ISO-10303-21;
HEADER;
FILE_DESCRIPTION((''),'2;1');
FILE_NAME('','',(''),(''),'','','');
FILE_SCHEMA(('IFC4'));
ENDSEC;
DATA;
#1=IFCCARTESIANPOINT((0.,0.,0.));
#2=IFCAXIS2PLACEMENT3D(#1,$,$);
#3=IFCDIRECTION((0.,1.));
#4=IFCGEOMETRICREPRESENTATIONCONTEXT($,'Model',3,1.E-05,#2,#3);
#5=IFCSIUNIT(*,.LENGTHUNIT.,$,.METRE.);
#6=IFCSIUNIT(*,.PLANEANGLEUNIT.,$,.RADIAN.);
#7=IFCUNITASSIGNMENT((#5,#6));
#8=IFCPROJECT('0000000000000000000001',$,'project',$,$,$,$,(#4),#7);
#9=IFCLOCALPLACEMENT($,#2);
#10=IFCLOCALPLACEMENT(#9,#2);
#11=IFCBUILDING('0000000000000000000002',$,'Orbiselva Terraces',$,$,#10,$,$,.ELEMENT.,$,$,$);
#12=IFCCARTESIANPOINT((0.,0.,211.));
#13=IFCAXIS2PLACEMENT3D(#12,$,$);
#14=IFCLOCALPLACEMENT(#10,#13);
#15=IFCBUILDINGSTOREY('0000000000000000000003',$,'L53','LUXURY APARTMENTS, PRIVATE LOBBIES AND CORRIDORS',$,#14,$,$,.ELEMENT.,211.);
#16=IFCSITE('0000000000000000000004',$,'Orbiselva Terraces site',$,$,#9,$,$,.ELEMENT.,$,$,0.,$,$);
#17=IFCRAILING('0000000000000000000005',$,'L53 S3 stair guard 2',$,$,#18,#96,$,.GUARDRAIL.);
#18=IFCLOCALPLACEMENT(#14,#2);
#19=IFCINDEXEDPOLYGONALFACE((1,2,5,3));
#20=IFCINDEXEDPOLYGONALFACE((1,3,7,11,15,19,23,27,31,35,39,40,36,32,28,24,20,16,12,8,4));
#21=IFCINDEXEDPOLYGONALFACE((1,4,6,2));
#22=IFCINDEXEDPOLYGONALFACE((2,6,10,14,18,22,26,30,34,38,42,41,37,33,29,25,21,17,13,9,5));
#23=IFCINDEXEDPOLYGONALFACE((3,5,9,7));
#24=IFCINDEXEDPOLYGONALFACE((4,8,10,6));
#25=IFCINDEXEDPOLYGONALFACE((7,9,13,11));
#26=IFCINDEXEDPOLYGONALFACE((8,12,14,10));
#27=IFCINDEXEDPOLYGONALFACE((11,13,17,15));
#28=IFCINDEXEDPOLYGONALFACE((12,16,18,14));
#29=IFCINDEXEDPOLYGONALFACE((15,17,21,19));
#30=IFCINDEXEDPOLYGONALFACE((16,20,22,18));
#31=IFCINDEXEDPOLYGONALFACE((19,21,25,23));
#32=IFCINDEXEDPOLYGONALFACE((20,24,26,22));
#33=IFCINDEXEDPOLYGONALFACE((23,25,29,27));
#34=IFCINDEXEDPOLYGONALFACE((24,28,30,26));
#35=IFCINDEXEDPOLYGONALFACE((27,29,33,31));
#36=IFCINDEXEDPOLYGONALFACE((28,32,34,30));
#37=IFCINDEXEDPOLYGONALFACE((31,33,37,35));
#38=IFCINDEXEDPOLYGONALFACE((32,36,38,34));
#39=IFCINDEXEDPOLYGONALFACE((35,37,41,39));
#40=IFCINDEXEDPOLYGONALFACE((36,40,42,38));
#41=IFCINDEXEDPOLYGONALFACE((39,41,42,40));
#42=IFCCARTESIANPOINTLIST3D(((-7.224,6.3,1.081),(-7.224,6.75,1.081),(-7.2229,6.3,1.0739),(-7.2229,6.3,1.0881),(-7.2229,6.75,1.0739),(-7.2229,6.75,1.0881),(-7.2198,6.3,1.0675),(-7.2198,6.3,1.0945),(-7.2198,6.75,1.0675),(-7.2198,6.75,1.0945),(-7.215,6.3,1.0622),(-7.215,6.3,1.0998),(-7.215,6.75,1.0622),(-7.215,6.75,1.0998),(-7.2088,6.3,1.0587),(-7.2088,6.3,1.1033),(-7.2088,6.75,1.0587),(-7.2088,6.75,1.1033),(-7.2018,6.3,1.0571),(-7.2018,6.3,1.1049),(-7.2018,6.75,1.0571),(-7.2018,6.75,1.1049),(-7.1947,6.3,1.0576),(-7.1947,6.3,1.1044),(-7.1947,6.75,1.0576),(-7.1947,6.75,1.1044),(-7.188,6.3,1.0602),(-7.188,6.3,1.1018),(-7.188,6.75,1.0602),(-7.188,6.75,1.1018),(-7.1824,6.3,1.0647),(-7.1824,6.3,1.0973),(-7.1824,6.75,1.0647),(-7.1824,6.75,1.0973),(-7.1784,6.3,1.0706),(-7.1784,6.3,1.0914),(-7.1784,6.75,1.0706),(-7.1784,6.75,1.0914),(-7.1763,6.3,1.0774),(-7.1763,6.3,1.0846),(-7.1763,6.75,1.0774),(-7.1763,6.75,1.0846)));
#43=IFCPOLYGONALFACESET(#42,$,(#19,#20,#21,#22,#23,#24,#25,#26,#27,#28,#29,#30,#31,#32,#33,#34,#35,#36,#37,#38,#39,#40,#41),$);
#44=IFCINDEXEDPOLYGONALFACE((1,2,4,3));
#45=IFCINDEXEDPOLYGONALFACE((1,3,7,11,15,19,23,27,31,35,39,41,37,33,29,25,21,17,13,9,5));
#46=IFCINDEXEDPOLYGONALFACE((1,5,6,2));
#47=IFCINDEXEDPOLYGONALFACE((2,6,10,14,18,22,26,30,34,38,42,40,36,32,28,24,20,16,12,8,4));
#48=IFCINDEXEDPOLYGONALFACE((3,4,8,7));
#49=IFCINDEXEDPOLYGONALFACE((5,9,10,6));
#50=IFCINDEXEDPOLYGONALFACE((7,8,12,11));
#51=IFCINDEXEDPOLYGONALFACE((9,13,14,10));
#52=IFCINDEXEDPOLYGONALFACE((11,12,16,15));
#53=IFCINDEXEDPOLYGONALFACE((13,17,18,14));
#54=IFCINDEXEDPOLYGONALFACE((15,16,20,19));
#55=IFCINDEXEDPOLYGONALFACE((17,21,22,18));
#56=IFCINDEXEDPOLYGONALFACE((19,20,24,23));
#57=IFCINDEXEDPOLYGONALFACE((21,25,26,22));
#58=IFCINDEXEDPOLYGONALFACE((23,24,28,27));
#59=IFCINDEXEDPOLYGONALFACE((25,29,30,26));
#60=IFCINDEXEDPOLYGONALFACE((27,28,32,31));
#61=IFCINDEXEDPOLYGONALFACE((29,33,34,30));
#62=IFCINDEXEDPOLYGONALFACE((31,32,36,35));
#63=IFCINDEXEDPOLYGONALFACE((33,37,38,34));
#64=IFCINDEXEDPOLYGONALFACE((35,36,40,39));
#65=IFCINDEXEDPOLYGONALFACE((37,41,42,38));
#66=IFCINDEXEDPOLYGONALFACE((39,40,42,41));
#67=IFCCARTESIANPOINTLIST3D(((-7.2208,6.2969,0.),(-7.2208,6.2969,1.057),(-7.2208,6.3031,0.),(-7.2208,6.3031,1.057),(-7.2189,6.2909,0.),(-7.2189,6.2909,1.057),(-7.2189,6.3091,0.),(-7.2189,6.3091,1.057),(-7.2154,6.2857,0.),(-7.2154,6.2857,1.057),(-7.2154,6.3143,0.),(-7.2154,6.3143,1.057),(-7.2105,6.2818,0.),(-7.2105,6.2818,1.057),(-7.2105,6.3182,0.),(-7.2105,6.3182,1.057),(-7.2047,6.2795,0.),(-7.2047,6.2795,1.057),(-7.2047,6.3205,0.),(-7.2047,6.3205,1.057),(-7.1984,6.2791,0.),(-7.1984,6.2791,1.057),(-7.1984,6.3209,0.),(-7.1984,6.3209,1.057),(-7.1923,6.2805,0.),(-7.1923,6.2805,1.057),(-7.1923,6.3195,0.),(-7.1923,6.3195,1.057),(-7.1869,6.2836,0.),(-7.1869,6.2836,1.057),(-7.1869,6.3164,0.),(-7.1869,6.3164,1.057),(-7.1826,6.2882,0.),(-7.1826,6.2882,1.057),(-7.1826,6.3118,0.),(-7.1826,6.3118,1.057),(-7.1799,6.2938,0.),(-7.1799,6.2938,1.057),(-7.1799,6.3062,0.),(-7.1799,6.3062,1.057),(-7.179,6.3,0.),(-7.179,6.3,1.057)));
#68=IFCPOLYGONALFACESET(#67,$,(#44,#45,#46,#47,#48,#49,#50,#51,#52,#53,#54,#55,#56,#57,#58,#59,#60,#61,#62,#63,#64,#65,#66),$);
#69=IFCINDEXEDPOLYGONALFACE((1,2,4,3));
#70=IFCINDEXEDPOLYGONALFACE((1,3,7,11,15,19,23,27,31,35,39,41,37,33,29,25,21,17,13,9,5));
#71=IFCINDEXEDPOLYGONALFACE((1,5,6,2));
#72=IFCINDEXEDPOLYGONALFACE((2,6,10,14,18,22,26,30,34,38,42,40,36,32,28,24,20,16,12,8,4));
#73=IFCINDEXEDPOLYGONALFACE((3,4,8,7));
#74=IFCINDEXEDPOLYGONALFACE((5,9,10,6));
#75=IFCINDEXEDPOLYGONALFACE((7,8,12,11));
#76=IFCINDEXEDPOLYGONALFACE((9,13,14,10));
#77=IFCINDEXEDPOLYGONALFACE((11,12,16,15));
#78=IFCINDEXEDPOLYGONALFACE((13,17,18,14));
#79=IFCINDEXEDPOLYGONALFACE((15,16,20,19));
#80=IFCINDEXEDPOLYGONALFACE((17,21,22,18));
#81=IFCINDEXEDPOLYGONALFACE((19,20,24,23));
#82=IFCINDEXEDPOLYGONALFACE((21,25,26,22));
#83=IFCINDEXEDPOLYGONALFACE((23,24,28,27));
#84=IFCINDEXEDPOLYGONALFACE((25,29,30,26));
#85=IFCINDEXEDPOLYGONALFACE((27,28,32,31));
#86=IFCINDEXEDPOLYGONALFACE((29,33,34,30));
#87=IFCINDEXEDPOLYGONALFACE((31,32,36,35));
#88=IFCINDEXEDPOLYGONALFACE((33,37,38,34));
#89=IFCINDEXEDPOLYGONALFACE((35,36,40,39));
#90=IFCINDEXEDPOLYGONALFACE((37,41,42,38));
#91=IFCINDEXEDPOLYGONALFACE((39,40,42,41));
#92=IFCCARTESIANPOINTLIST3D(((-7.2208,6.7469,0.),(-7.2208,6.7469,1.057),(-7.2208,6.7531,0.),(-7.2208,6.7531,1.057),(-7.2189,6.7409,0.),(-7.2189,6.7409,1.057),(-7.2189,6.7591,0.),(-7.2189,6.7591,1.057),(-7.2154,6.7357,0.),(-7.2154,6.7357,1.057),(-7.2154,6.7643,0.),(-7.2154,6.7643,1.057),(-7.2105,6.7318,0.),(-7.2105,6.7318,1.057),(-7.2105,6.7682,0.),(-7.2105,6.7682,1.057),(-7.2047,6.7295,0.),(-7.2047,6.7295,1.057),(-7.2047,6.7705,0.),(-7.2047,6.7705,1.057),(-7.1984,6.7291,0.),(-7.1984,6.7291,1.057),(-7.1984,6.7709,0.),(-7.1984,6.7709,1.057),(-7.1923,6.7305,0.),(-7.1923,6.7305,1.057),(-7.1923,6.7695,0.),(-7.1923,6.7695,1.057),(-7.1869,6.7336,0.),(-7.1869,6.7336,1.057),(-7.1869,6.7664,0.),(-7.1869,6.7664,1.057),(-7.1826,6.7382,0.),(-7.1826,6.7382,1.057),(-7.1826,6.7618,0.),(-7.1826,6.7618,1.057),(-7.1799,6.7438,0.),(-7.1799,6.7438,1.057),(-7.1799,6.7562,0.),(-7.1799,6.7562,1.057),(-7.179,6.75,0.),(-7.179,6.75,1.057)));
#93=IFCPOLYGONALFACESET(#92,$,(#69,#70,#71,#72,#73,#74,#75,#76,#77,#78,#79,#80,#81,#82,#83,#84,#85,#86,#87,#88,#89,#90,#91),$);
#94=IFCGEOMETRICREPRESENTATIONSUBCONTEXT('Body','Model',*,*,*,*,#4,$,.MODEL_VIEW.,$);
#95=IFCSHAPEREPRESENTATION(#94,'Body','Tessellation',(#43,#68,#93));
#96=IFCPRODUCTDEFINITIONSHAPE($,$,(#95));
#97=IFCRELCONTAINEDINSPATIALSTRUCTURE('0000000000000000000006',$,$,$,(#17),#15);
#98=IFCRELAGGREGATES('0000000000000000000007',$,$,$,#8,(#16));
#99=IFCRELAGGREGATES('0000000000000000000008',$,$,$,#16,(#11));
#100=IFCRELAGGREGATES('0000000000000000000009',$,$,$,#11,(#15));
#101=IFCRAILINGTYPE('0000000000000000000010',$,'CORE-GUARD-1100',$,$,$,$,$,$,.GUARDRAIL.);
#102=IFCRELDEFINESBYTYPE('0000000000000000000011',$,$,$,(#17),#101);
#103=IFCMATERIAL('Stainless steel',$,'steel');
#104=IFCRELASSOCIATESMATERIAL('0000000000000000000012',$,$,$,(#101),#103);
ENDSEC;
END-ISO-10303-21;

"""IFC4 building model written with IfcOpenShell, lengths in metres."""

from ifc_helpers import new_model, si_unit, direction, frame, origin, origin_2d, place, context, subcontext, project, spatial, circle, extrude, material, type_object, element, save


model = new_model("IFC4")

# Units and contexts
model_context = context("Model", 3, precision=1e-05, world=origin(), true_north=direction((0.0, 1.0)))
body_context = subcontext(model_context, "Body", "Model", "MODEL_VIEW")
ifc_project = project(units=[si_unit("LENGTHUNIT", "METRE"), si_unit("PLANEANGLEUNIT", "RADIAN")], contexts=[model_context])

# Site, building, storey
site_placement = place(None, origin())
site = spatial("IfcSite", under=ifc_project, at=site_placement, Name="Orbiselva Terraces site", CompositionType="ELEMENT", RefElevation=0.0)
building_placement = place(site_placement, origin())
building = spatial("IfcBuilding", under=site, at=building_placement, Name="Orbiselva Terraces", CompositionType="ELEMENT")
storey_placement = place(building_placement, frame((0.0, 0.0, 211.0)))
storey = spatial("IfcBuildingStorey", under=building, at=storey_placement, Name="L53", Description="LUXURY APARTMENTS, PRIVATE LOBBIES AND CORRIDORS", CompositionType="ELEMENT", Elevation=211.0)

# Railing
ifc_material_1 = material(Name="Stainless steel", Category="steel")
railing_type_1 = type_object("IfcRailingType", Name="CORE-GUARD-1100", PredefinedType="GUARDRAIL", material=ifc_material_1)
railing_1_placement = place(storey_placement, frame((-7.2, 6.3, 0.0)))
element("IfcRailing", 1, at=railing_1_placement, inside=storey, type_object=railing_type_1, Name="L53 S3 stair guard 2", PredefinedType="GUARDRAIL", context=body_context, shape_type="SweptSolid", body=[
    extrude(circle(Radius=0.024, at=origin_2d()), frame((0.0, 0.0, 1.081), z_axis=(0.0, 1.0, 0.0), x_axis=(-1.0, 0.0, 0.0)), (0.0, 0.0, 1.0), 0.45),
    extrude(circle(Radius=0.021, at=origin_2d()), origin(), (0.0, 0.0, 1.0), 1.057),
    extrude(circle(Radius=0.021, at=origin_2d()), frame((0.0, 0.45, 0.0)), (0.0, 0.0, 1.0), 1.057),
])

save(model, "model.ifc")
